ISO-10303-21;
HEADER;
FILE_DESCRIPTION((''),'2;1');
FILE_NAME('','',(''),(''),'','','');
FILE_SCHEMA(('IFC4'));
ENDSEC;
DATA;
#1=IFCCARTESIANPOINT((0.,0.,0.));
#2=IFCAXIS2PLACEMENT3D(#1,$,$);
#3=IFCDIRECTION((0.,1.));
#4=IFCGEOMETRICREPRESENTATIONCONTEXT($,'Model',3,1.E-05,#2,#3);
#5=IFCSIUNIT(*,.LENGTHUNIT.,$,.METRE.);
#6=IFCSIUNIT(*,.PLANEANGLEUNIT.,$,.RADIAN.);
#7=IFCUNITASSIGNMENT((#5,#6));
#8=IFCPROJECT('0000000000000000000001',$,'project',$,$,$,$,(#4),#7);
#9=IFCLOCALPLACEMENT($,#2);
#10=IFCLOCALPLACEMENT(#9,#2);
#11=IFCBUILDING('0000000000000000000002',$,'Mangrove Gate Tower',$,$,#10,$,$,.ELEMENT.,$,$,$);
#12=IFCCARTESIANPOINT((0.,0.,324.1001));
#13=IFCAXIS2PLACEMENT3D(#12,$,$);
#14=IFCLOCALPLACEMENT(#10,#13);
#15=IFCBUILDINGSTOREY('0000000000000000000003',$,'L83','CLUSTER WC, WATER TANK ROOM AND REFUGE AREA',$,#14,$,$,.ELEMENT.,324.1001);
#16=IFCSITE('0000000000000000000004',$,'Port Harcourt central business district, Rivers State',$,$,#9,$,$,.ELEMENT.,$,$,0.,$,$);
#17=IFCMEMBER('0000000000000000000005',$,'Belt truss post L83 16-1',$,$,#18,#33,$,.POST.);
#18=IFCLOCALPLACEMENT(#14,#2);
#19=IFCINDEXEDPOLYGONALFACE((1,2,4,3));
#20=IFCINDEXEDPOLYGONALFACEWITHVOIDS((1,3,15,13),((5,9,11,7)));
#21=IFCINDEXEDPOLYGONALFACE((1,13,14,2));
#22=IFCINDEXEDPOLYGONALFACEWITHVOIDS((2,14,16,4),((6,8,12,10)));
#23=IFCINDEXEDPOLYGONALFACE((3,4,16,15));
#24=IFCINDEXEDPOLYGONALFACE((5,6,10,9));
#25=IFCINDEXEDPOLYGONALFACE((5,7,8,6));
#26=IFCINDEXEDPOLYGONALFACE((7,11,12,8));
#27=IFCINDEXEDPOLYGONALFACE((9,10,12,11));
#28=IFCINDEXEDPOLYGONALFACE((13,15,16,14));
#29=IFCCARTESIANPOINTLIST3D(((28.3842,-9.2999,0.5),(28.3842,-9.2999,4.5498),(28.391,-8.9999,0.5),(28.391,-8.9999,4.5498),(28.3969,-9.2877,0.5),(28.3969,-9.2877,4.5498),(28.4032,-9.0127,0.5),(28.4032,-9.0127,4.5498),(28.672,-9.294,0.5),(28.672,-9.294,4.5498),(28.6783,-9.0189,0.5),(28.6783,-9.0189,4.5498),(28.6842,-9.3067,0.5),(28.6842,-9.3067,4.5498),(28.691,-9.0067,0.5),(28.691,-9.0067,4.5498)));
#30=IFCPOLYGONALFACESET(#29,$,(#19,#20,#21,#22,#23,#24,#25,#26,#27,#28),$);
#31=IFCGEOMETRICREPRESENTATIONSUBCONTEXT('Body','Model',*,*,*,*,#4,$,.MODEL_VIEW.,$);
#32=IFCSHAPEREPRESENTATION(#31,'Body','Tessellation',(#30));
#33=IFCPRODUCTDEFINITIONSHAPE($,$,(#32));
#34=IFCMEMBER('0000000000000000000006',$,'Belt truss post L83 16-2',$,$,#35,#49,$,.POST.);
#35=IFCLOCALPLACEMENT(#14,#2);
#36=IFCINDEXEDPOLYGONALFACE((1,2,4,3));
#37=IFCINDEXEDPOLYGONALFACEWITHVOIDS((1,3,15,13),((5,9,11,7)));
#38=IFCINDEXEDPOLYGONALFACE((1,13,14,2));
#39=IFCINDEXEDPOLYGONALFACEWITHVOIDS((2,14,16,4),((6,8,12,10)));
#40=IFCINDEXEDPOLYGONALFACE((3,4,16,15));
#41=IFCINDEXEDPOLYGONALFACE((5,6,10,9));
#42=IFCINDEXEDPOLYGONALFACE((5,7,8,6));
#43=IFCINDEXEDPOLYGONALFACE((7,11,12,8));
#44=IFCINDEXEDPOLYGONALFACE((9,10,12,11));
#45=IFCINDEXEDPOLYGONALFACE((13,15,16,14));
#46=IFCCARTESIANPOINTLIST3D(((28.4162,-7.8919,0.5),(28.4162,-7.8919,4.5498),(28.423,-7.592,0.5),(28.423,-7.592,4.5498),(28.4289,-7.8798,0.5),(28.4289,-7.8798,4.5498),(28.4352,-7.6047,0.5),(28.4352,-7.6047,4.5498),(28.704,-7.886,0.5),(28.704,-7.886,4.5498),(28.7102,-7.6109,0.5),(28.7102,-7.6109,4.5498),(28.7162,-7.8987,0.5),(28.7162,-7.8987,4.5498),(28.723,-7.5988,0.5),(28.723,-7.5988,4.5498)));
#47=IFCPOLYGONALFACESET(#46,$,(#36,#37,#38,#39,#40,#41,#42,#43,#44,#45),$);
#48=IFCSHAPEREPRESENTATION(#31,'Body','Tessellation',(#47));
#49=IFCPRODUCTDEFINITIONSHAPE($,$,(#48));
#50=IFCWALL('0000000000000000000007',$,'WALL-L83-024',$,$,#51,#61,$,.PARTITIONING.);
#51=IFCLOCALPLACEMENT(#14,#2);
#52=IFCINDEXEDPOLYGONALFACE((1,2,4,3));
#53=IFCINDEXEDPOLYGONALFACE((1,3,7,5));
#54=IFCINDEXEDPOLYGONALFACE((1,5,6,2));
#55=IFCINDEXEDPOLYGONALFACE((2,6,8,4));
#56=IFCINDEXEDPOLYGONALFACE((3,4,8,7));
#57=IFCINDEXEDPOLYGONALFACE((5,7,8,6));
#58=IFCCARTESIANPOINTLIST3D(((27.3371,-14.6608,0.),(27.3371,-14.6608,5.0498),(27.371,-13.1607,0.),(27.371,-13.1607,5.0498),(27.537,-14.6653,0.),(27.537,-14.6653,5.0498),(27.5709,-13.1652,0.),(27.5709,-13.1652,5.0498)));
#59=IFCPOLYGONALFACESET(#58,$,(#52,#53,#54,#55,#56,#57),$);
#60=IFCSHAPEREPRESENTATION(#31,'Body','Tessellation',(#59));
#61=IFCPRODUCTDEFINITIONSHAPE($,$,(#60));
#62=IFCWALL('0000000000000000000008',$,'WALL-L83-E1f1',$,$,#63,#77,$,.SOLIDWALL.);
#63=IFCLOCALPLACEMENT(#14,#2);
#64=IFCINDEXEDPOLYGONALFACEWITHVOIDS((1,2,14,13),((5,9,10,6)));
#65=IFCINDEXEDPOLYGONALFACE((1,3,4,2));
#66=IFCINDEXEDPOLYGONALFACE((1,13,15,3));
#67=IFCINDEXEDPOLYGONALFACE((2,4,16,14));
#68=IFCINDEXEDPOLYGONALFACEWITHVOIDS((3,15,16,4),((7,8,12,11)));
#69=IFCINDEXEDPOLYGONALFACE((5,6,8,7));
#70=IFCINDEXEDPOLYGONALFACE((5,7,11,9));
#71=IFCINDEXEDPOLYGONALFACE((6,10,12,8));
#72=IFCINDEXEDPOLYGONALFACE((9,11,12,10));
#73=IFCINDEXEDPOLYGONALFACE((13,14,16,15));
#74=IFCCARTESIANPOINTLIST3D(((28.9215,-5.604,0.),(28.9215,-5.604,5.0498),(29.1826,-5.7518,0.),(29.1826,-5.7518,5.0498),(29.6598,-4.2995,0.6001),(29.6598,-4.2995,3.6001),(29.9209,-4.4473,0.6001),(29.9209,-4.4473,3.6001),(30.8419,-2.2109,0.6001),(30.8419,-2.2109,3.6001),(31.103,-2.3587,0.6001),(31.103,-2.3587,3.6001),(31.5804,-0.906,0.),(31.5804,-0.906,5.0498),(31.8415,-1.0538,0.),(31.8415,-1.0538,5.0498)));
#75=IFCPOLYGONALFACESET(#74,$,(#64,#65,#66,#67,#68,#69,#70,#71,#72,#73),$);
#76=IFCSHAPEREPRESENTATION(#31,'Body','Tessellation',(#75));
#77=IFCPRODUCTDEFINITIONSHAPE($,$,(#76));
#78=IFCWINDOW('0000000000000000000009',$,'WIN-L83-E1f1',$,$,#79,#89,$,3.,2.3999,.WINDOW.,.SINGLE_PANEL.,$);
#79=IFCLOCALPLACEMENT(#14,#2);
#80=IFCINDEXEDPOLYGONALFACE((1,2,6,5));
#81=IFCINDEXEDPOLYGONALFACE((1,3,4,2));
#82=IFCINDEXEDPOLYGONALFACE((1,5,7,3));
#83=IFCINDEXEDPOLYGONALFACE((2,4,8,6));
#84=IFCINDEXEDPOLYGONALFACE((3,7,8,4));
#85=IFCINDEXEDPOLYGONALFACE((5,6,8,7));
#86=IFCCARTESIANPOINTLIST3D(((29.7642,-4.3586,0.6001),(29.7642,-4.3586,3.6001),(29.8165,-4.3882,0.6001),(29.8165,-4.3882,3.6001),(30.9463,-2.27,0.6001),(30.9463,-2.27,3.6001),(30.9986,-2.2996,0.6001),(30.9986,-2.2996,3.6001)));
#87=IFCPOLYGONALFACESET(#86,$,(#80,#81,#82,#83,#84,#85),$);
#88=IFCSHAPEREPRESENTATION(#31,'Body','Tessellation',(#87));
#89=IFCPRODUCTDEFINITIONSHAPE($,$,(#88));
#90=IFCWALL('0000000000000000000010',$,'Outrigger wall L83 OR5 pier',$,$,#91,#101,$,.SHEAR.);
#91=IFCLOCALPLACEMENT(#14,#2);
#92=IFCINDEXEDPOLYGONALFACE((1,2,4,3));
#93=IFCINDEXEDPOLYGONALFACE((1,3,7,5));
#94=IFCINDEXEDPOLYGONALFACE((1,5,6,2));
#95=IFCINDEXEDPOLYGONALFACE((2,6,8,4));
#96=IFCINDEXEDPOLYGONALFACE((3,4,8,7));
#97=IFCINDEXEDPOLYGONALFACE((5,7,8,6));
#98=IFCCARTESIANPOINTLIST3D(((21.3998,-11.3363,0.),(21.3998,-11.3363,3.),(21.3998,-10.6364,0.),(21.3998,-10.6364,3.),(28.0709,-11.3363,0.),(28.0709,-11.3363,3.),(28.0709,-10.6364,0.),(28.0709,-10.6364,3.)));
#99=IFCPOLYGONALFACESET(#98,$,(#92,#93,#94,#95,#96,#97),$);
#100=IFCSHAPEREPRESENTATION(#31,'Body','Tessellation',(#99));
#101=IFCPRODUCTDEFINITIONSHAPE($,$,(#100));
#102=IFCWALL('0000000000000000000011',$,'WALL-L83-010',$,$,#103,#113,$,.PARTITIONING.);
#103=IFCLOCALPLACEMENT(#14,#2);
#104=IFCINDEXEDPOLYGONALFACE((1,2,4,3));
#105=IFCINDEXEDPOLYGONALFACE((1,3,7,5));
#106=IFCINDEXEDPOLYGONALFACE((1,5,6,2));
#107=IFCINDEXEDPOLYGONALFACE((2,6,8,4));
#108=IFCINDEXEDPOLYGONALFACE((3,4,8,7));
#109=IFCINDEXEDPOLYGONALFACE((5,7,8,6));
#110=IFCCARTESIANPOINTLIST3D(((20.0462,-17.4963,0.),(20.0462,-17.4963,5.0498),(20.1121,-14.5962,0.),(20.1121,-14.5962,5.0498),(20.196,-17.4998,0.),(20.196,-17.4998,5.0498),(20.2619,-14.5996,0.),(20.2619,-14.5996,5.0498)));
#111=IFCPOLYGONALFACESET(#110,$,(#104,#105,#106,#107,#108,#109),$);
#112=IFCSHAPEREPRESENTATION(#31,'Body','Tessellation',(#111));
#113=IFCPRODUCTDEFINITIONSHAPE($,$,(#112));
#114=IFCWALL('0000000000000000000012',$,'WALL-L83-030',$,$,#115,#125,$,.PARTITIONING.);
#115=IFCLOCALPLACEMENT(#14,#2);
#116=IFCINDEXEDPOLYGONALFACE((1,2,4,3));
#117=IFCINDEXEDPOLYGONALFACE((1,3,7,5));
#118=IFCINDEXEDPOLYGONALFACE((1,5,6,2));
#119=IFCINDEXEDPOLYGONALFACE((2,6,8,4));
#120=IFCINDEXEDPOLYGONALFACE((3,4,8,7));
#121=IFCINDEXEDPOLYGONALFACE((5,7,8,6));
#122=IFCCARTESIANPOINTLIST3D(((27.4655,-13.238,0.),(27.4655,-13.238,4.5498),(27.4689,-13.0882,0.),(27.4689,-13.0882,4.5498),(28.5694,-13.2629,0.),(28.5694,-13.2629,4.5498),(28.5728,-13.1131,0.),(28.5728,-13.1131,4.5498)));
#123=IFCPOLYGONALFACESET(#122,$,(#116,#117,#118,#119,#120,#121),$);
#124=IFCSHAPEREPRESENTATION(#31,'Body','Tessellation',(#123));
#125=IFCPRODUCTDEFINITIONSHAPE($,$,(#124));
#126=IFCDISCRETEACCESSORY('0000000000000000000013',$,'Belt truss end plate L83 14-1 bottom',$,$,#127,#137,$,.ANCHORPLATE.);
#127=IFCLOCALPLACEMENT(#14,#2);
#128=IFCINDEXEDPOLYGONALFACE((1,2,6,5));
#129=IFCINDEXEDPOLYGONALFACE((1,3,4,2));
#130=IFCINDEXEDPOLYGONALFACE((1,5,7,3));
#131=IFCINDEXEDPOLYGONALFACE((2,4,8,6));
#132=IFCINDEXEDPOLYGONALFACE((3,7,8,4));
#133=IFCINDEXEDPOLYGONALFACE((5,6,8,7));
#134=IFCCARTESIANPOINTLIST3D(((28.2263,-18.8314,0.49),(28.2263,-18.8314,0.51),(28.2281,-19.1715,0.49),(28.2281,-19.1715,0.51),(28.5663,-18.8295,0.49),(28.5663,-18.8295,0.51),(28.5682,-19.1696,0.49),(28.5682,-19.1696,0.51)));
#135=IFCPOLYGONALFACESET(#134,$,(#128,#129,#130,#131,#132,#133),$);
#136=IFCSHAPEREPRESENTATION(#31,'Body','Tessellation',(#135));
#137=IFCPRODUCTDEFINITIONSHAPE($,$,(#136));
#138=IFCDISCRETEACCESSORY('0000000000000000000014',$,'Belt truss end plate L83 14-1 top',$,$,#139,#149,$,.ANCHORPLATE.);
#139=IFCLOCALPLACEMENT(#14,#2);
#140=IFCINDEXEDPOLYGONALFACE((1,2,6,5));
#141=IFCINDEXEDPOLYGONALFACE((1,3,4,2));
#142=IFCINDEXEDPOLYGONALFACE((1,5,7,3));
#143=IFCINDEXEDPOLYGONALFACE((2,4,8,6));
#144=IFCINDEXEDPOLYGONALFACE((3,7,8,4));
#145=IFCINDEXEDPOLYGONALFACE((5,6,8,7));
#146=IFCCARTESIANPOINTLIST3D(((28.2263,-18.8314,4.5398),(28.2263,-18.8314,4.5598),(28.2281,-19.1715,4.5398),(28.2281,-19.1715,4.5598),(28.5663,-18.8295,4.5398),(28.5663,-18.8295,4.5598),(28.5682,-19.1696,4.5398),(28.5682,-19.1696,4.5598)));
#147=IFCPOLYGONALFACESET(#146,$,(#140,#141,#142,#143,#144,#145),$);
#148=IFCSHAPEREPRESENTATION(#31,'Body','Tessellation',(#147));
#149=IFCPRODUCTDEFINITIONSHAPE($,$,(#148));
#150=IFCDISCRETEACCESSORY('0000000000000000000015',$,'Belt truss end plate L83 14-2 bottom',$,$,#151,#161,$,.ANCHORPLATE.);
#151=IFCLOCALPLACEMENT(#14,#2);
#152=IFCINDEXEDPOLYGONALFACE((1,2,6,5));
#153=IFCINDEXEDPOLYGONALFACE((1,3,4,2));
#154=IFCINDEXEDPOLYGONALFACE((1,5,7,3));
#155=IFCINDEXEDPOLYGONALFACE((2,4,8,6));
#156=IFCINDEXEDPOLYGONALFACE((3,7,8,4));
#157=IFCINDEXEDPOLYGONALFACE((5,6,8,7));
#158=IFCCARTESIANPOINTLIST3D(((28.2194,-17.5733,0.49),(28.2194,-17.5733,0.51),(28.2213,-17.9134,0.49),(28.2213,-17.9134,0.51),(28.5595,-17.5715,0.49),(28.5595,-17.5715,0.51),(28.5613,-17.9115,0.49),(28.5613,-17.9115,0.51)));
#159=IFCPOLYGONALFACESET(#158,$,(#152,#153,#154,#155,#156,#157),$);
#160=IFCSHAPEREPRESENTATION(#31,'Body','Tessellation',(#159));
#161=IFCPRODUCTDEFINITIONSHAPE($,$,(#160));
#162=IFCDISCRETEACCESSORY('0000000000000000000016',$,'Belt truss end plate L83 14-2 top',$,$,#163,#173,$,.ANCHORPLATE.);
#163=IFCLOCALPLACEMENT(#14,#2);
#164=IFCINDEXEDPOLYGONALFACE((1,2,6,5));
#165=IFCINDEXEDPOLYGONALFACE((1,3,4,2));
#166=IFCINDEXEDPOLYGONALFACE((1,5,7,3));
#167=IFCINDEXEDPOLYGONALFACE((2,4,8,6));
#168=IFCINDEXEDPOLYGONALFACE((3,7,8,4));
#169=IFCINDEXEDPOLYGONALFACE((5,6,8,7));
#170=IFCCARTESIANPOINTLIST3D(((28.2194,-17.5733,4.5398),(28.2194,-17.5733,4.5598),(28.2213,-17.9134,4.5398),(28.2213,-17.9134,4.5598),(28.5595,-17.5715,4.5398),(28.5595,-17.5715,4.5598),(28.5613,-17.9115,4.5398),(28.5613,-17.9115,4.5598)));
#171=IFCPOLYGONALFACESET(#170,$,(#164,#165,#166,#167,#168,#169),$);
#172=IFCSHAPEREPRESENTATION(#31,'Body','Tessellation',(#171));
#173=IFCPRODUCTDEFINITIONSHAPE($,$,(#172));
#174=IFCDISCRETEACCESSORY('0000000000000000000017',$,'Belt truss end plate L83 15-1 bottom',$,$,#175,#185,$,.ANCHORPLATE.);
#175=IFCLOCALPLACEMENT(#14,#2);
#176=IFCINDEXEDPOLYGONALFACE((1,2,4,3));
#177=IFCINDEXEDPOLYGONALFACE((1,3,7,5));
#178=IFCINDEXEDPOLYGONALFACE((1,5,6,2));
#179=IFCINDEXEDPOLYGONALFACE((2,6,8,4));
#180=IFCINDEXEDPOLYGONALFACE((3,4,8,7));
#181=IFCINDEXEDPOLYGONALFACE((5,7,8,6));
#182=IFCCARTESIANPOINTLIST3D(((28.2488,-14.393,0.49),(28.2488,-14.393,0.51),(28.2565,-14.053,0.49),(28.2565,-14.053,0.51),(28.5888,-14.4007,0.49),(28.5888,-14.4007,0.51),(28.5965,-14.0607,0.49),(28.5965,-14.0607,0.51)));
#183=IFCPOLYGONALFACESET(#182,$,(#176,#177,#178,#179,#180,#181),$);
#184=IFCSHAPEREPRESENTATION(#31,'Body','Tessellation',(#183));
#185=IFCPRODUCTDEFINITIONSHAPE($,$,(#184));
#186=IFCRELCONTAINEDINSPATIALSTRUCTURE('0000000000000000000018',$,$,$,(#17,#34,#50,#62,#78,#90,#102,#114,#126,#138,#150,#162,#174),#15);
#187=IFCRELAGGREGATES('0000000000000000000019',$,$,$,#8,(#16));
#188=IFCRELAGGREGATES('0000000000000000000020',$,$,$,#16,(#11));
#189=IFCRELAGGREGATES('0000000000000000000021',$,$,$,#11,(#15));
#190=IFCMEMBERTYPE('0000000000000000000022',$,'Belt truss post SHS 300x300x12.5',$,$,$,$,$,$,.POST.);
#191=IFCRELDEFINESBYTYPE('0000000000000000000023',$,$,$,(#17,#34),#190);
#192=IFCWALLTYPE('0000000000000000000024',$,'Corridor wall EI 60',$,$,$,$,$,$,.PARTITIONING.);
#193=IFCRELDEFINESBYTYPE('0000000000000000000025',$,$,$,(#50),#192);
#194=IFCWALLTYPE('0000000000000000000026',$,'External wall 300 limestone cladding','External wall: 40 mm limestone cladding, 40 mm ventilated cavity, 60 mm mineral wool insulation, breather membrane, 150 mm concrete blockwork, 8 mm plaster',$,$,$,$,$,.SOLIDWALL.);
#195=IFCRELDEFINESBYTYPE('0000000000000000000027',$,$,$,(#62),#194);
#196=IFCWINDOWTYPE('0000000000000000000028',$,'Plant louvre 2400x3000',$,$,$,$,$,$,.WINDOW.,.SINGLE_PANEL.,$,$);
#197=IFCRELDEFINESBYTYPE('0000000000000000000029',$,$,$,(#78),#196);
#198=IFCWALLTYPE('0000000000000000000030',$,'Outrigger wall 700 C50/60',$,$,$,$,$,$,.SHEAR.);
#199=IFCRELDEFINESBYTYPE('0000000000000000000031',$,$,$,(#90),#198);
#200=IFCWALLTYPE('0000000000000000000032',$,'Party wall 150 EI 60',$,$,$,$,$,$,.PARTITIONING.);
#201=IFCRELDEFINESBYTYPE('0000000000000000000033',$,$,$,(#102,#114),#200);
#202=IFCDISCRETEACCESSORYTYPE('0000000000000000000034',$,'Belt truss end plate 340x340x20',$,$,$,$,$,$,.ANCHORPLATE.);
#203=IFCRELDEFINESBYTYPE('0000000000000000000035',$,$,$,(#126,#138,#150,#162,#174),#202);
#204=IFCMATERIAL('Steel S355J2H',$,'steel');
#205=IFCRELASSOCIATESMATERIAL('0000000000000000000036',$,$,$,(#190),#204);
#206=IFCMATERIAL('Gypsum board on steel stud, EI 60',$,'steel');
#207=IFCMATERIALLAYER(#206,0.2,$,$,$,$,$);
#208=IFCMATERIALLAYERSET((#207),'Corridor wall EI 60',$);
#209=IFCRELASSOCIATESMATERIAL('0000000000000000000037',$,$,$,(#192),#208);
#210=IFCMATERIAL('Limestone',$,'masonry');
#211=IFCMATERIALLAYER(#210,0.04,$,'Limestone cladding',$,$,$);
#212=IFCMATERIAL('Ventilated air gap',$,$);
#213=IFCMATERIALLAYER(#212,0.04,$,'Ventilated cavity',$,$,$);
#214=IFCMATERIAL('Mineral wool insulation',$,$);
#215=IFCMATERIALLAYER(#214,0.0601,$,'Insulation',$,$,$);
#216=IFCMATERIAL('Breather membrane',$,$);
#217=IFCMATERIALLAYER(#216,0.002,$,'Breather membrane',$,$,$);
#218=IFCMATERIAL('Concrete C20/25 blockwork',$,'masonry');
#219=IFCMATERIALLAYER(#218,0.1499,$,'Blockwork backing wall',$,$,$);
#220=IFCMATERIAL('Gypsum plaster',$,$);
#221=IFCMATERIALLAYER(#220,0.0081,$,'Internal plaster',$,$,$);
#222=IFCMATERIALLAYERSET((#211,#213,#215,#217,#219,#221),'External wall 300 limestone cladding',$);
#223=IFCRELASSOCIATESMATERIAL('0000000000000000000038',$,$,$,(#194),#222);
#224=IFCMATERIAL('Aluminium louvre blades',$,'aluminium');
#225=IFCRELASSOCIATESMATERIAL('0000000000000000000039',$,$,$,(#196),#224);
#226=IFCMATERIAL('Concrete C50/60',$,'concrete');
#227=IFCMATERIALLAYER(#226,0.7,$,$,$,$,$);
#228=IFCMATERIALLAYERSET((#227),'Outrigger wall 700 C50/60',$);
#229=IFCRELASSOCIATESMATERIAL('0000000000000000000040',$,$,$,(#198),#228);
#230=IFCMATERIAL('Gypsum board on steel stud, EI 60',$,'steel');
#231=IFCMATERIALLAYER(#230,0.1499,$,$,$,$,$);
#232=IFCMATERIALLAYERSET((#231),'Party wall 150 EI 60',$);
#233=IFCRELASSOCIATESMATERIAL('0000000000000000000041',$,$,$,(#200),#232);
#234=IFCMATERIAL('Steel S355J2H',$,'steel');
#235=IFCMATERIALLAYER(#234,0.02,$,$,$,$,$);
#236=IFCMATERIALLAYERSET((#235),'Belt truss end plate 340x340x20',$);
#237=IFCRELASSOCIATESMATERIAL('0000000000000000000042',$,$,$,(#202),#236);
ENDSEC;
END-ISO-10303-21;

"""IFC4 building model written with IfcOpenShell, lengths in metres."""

from ifc_helpers import new_model, si_unit, direction, frame, frame_2d, origin, origin_2d, place, context, subcontext, project, spatial, rectangle, hollow_rectangle, extrude, material, layer, layer_set, material_profile, profile_set, type_object, element, fill, save


model = new_model("IFC4")

# Units and contexts
model_context = context("Model", 3, precision=1e-05, world=origin(), true_north=direction((0.0, 1.0)))
body_context = subcontext(model_context, "Body", "Model", "MODEL_VIEW")
ifc_project = project(units=[si_unit("LENGTHUNIT", "METRE"), si_unit("PLANEANGLEUNIT", "RADIAN")], contexts=[model_context])

# Site, building, storey
site_placement = place(None, origin())
site = spatial("IfcSite", under=ifc_project, at=site_placement, Name="Port Harcourt central business district, Rivers State", CompositionType="ELEMENT", RefElevation=0.0)
building_placement = place(site_placement, origin())
building = spatial("IfcBuilding", under=site, at=building_placement, Name="Mangrove Gate Tower", CompositionType="ELEMENT")
storey_placement = place(building_placement, frame((0.0, 0.0, 324.1001)))
storey = spatial("IfcBuildingStorey", under=building, at=storey_placement, Name="L83", Description="CLUSTER WC, WATER TANK ROOM AND REFUGE AREA", CompositionType="ELEMENT", Elevation=324.1001)

# Members
ifc_material_1 = material(Name="Steel S355J2H", Category="steel")
ifc_material_profile_1 = material_profile(ifc_material_1, hollow_rectangle(XDim=0.3, YDim=0.3, WallThickness=0.0125, at=origin_2d()))
ifc_profile_set_1 = profile_set([ifc_material_profile_1], Name="Steel S355J2H")
member_type_1 = type_object("IfcMemberType", Name="Belt truss post SHS 300x300x12.5", PredefinedType="POST", material=ifc_profile_set_1)
for number, where, z_axis, x_axis, name in (
    (1, (28.5376, -9.1533, 0.5), (0.0, 0.0, 1.0), (0.022659, 0.999743, 0.0), "Belt truss post L83 16-1"),
    (2, (28.5696, -7.7454, 0.5), (0.0, 0.0, 1.0), (0.022659, 0.999743, 0.0), "Belt truss post L83 16-2"),
):
    element("IfcMember", number, at=place(storey_placement, frame(where, z_axis=z_axis, x_axis=x_axis)), inside=storey, type_object=member_type_1, Name=name, PredefinedType="POST", context=body_context, shape_type="SweptSolid", body=[
        extrude(hollow_rectangle(XDim=0.3, YDim=0.3, WallThickness=0.0125, at=origin_2d()), origin(), (0.0, 0.0, 1.0), 4.0498),
    ])

# Wall
ifc_material_2 = material(Name="Gypsum board on steel stud, EI 60", Category="steel")
ifc_layer_1 = layer(ifc_material_2, 0.2)
ifc_layer_set_1 = layer_set([ifc_layer_1], Name="Corridor wall EI 60")
wall_type_1 = type_object("IfcWallType", Name="Corridor wall EI 60", PredefinedType="PARTITIONING", material=ifc_layer_set_1)
wall_1_placement = place(storey_placement, frame((27.437, -14.6631, 0.0), z_axis=(0.0, 0.0, 1.0), x_axis=(0.022618, 0.999744, 0.0)))
element("IfcWall", 3, at=wall_1_placement, inside=storey, type_object=wall_type_1, Name="WALL-L83-024", PredefinedType="PARTITIONING", context=body_context, shape_type="SweptSolid", body=[
    extrude(rectangle(XDim=1.5005, YDim=0.2, at=frame_2d((0.7502, 0.0))), origin(), (0.0, 0.0, 1.0), 5.0498),
])

# Wall, opening, window
ifc_material_3 = material(Name="Limestone", Category="masonry")
ifc_layer_2 = layer(ifc_material_3, 0.04, Name="Limestone cladding")
ifc_material_4 = material(Name="Ventilated air gap")
ifc_layer_3 = layer(ifc_material_4, 0.04, Name="Ventilated cavity")
ifc_material_5 = material(Name="Mineral wool insulation")
ifc_layer_4 = layer(ifc_material_5, 0.0601, Name="Insulation")
ifc_material_6 = material(Name="Breather membrane")
ifc_layer_5 = layer(ifc_material_6, 0.002, Name="Breather membrane")
ifc_material_7 = material(Name="Concrete C20/25 blockwork", Category="masonry")
ifc_layer_6 = layer(ifc_material_7, 0.1499, Name="Blockwork backing wall")
ifc_material_8 = material(Name="Gypsum plaster")
ifc_layer_7 = layer(ifc_material_8, 0.0081, Name="Internal plaster")
ifc_layer_set_2 = layer_set([ifc_layer_2, ifc_layer_3, ifc_layer_4, ifc_layer_5, ifc_layer_6, ifc_layer_7], Name="External wall 300 limestone cladding")
wall_type_2 = type_object("IfcWallType", Name="External wall 300 limestone cladding", Description="External wall: 40 mm limestone cladding, 40 mm ventilated cavity, 60 mm mineral wool insulation, breather membrane, 150 mm concrete blockwork, 8 mm plaster", PredefinedType="SOLIDWALL", material=ifc_layer_set_2)
wall_2_placement = place(storey_placement, frame((29.052, -5.678, 0.0), z_axis=(0.0, 0.0, 1.0), x_axis=(0.492555, 0.870281, 0.0)))
wall_2 = element("IfcWall", 4, at=wall_2_placement, inside=storey, type_object=wall_type_2, Name="WALL-L83-E1f1", PredefinedType="SOLIDWALL", context=body_context, shape_type="SweptSolid", body=[
    extrude(rectangle(XDim=5.3982, YDim=0.3, at=frame_2d((2.6992, 0.0))), origin(), (0.0, 0.0, 1.0), 5.0498),
])
opening_placement = place(wall_2_placement, frame((1.499, 0.0, 0.6001)))
opening = element("IfcOpeningElement", 5, at=opening_placement, cuts=wall_2, PredefinedType="OPENING", context=body_context, shape_type="SweptSolid", body=[
    extrude(rectangle(XDim=2.3999, YDim=3.0, at=frame_2d((1.2, 1.5))), frame((0.0, 0.1599, 0.0), z_axis=(0.0, -1.0, 0.0), x_axis=(1.0, 0.0, 0.0)), (0.0, 0.0, 1.0), 0.3201),
])
ifc_material_9 = material(Name="Aluminium louvre blades", Category="aluminium")
window_type = type_object("IfcWindowType", Name="Plant louvre 2400x3000", PartitioningType="SINGLE_PANEL", PredefinedType="WINDOW", material=ifc_material_9)
window_placement = place(opening_placement, origin())
window = element("IfcWindow", 6, at=window_placement, inside=storey, type_object=window_type, Name="WIN-L83-E1f1", OverallHeight=3.0, OverallWidth=2.3999, PartitioningType="SINGLE_PANEL", PredefinedType="WINDOW", context=body_context, shape_type="SweptSolid", body=[
    extrude(rectangle(XDim=2.3999, YDim=3.0, at=frame_2d((1.2, 1.5))), frame((0.0, 0.03, 0.0), z_axis=(0.0, -1.0, 0.0), x_axis=(1.0, 0.0, 0.0)), (0.0, 0.0, 1.0), 0.0601),
])
fill(opening, window)

# Walls
ifc_material_10 = material(Name="Concrete C50/60", Category="concrete")
ifc_layer_8 = layer(ifc_material_10, 0.7)
ifc_layer_set_3 = layer_set([ifc_layer_8], Name="Outrigger wall 700 C50/60")
wall_type_3 = type_object("IfcWallType", Name="Outrigger wall 700 C50/60", PredefinedType="SHEAR", material=ifc_layer_set_3)
wall_3_placement = place(storey_placement, frame((21.3999, -10.9863, 0.0), z_axis=(0.0, 0.0, 1.0), x_axis=(1.0, 0.0, 0.0)))
element("IfcWall", 7, at=wall_3_placement, inside=storey, type_object=wall_type_3, Name="Outrigger wall L83 OR5 pier", PredefinedType="SHEAR", context=body_context, shape_type="SweptSolid", body=[
    extrude(rectangle(XDim=6.6711, YDim=0.7, at=frame_2d((3.3354, 0.0))), origin(), (0.0, 0.0, 1.0), 3.0),
])
ifc_material_11 = material(Name="Gypsum board on steel stud, EI 60", Category="steel")
ifc_layer_9 = layer(ifc_material_11, 0.1499)
ifc_layer_set_4 = layer_set([ifc_layer_9], Name="Party wall 150 EI 60")
wall_type_4 = type_object("IfcWallType", Name="Party wall 150 EI 60", PredefinedType="PARTITIONING", material=ifc_layer_set_4)
wall_4_placement = place(storey_placement, frame((20.1211, -17.498, 0.0), z_axis=(0.0, 0.0, 1.0), x_axis=(0.022723, 0.999742, 0.0)))
element("IfcWall", 8, at=wall_4_placement, inside=storey, type_object=wall_type_4, Name="WALL-L83-010", PredefinedType="PARTITIONING", context=body_context, shape_type="SweptSolid", body=[
    extrude(rectangle(XDim=2.9009, YDim=0.1499, at=frame_2d((1.4504, 0.0))), origin(), (0.0, 0.0, 1.0), 5.0498),
])
wall_5_placement = place(storey_placement, frame((27.467, -13.1631, 0.0), z_axis=(0.0, 0.0, 1.0), x_axis=(0.999746, -0.022551, 0.0)))
element("IfcWall", 9, at=wall_5_placement, inside=storey, type_object=wall_type_4, Name="WALL-L83-030", PredefinedType="PARTITIONING", context=body_context, shape_type="SweptSolid", body=[
    extrude(rectangle(XDim=1.1042, YDim=0.1499, at=frame_2d((0.5522, 0.0))), origin(), (0.0, 0.0, 1.0), 4.5498),
])

# Discrete accessories
ifc_material_12 = material(Name="Steel S355J2H", Category="steel")
ifc_layer_10 = layer(ifc_material_12, 0.02)
ifc_layer_set_5 = layer_set([ifc_layer_10], Name="Belt truss end plate 340x340x20")
discrete_accessory_type = type_object("IfcDiscreteAccessoryType", Name="Belt truss end plate 340x340x20", PredefinedType="ANCHORPLATE", material=ifc_layer_set_5)
for number, where, z_axis, x_axis, name in (
    (10, (28.3972, -19.0005, 0.49), (0.0, 0.0, 1.0), (-0.005436, 0.999985, 0.0), "Belt truss end plate L83 14-1 bottom"),
    (11, (28.3972, -19.0005, 4.5398), (0.0, 0.0, 1.0), (-0.005436, 0.999985, 0.0), "Belt truss end plate L83 14-1 top"),
    (12, (28.3904, -17.7424, 0.49), (0.0, 0.0, 1.0), (-0.005436, 0.999985, 0.0), "Belt truss end plate L83 14-2 bottom"),
    (13, (28.3904, -17.7424, 4.5398), (0.0, 0.0, 1.0), (-0.005436, 0.999985, 0.0), "Belt truss end plate L83 14-2 top"),
    (14, (28.4226, -14.2268, 0.49), (0.0, 0.0, 1.0), (0.022663, 0.999743, 0.0), "Belt truss end plate L83 15-1 bottom"),
):
    element("IfcDiscreteAccessory", number, at=place(storey_placement, frame(where, z_axis=z_axis, x_axis=x_axis)), inside=storey, type_object=discrete_accessory_type, Name=name, PredefinedType="ANCHORPLATE", context=body_context, shape_type="SweptSolid", body=[
        extrude(rectangle(XDim=0.3401, YDim=0.3401, at=origin_2d()), origin(), (0.0, 0.0, 1.0), 0.02),
    ])

save(model, "model.ifc")
